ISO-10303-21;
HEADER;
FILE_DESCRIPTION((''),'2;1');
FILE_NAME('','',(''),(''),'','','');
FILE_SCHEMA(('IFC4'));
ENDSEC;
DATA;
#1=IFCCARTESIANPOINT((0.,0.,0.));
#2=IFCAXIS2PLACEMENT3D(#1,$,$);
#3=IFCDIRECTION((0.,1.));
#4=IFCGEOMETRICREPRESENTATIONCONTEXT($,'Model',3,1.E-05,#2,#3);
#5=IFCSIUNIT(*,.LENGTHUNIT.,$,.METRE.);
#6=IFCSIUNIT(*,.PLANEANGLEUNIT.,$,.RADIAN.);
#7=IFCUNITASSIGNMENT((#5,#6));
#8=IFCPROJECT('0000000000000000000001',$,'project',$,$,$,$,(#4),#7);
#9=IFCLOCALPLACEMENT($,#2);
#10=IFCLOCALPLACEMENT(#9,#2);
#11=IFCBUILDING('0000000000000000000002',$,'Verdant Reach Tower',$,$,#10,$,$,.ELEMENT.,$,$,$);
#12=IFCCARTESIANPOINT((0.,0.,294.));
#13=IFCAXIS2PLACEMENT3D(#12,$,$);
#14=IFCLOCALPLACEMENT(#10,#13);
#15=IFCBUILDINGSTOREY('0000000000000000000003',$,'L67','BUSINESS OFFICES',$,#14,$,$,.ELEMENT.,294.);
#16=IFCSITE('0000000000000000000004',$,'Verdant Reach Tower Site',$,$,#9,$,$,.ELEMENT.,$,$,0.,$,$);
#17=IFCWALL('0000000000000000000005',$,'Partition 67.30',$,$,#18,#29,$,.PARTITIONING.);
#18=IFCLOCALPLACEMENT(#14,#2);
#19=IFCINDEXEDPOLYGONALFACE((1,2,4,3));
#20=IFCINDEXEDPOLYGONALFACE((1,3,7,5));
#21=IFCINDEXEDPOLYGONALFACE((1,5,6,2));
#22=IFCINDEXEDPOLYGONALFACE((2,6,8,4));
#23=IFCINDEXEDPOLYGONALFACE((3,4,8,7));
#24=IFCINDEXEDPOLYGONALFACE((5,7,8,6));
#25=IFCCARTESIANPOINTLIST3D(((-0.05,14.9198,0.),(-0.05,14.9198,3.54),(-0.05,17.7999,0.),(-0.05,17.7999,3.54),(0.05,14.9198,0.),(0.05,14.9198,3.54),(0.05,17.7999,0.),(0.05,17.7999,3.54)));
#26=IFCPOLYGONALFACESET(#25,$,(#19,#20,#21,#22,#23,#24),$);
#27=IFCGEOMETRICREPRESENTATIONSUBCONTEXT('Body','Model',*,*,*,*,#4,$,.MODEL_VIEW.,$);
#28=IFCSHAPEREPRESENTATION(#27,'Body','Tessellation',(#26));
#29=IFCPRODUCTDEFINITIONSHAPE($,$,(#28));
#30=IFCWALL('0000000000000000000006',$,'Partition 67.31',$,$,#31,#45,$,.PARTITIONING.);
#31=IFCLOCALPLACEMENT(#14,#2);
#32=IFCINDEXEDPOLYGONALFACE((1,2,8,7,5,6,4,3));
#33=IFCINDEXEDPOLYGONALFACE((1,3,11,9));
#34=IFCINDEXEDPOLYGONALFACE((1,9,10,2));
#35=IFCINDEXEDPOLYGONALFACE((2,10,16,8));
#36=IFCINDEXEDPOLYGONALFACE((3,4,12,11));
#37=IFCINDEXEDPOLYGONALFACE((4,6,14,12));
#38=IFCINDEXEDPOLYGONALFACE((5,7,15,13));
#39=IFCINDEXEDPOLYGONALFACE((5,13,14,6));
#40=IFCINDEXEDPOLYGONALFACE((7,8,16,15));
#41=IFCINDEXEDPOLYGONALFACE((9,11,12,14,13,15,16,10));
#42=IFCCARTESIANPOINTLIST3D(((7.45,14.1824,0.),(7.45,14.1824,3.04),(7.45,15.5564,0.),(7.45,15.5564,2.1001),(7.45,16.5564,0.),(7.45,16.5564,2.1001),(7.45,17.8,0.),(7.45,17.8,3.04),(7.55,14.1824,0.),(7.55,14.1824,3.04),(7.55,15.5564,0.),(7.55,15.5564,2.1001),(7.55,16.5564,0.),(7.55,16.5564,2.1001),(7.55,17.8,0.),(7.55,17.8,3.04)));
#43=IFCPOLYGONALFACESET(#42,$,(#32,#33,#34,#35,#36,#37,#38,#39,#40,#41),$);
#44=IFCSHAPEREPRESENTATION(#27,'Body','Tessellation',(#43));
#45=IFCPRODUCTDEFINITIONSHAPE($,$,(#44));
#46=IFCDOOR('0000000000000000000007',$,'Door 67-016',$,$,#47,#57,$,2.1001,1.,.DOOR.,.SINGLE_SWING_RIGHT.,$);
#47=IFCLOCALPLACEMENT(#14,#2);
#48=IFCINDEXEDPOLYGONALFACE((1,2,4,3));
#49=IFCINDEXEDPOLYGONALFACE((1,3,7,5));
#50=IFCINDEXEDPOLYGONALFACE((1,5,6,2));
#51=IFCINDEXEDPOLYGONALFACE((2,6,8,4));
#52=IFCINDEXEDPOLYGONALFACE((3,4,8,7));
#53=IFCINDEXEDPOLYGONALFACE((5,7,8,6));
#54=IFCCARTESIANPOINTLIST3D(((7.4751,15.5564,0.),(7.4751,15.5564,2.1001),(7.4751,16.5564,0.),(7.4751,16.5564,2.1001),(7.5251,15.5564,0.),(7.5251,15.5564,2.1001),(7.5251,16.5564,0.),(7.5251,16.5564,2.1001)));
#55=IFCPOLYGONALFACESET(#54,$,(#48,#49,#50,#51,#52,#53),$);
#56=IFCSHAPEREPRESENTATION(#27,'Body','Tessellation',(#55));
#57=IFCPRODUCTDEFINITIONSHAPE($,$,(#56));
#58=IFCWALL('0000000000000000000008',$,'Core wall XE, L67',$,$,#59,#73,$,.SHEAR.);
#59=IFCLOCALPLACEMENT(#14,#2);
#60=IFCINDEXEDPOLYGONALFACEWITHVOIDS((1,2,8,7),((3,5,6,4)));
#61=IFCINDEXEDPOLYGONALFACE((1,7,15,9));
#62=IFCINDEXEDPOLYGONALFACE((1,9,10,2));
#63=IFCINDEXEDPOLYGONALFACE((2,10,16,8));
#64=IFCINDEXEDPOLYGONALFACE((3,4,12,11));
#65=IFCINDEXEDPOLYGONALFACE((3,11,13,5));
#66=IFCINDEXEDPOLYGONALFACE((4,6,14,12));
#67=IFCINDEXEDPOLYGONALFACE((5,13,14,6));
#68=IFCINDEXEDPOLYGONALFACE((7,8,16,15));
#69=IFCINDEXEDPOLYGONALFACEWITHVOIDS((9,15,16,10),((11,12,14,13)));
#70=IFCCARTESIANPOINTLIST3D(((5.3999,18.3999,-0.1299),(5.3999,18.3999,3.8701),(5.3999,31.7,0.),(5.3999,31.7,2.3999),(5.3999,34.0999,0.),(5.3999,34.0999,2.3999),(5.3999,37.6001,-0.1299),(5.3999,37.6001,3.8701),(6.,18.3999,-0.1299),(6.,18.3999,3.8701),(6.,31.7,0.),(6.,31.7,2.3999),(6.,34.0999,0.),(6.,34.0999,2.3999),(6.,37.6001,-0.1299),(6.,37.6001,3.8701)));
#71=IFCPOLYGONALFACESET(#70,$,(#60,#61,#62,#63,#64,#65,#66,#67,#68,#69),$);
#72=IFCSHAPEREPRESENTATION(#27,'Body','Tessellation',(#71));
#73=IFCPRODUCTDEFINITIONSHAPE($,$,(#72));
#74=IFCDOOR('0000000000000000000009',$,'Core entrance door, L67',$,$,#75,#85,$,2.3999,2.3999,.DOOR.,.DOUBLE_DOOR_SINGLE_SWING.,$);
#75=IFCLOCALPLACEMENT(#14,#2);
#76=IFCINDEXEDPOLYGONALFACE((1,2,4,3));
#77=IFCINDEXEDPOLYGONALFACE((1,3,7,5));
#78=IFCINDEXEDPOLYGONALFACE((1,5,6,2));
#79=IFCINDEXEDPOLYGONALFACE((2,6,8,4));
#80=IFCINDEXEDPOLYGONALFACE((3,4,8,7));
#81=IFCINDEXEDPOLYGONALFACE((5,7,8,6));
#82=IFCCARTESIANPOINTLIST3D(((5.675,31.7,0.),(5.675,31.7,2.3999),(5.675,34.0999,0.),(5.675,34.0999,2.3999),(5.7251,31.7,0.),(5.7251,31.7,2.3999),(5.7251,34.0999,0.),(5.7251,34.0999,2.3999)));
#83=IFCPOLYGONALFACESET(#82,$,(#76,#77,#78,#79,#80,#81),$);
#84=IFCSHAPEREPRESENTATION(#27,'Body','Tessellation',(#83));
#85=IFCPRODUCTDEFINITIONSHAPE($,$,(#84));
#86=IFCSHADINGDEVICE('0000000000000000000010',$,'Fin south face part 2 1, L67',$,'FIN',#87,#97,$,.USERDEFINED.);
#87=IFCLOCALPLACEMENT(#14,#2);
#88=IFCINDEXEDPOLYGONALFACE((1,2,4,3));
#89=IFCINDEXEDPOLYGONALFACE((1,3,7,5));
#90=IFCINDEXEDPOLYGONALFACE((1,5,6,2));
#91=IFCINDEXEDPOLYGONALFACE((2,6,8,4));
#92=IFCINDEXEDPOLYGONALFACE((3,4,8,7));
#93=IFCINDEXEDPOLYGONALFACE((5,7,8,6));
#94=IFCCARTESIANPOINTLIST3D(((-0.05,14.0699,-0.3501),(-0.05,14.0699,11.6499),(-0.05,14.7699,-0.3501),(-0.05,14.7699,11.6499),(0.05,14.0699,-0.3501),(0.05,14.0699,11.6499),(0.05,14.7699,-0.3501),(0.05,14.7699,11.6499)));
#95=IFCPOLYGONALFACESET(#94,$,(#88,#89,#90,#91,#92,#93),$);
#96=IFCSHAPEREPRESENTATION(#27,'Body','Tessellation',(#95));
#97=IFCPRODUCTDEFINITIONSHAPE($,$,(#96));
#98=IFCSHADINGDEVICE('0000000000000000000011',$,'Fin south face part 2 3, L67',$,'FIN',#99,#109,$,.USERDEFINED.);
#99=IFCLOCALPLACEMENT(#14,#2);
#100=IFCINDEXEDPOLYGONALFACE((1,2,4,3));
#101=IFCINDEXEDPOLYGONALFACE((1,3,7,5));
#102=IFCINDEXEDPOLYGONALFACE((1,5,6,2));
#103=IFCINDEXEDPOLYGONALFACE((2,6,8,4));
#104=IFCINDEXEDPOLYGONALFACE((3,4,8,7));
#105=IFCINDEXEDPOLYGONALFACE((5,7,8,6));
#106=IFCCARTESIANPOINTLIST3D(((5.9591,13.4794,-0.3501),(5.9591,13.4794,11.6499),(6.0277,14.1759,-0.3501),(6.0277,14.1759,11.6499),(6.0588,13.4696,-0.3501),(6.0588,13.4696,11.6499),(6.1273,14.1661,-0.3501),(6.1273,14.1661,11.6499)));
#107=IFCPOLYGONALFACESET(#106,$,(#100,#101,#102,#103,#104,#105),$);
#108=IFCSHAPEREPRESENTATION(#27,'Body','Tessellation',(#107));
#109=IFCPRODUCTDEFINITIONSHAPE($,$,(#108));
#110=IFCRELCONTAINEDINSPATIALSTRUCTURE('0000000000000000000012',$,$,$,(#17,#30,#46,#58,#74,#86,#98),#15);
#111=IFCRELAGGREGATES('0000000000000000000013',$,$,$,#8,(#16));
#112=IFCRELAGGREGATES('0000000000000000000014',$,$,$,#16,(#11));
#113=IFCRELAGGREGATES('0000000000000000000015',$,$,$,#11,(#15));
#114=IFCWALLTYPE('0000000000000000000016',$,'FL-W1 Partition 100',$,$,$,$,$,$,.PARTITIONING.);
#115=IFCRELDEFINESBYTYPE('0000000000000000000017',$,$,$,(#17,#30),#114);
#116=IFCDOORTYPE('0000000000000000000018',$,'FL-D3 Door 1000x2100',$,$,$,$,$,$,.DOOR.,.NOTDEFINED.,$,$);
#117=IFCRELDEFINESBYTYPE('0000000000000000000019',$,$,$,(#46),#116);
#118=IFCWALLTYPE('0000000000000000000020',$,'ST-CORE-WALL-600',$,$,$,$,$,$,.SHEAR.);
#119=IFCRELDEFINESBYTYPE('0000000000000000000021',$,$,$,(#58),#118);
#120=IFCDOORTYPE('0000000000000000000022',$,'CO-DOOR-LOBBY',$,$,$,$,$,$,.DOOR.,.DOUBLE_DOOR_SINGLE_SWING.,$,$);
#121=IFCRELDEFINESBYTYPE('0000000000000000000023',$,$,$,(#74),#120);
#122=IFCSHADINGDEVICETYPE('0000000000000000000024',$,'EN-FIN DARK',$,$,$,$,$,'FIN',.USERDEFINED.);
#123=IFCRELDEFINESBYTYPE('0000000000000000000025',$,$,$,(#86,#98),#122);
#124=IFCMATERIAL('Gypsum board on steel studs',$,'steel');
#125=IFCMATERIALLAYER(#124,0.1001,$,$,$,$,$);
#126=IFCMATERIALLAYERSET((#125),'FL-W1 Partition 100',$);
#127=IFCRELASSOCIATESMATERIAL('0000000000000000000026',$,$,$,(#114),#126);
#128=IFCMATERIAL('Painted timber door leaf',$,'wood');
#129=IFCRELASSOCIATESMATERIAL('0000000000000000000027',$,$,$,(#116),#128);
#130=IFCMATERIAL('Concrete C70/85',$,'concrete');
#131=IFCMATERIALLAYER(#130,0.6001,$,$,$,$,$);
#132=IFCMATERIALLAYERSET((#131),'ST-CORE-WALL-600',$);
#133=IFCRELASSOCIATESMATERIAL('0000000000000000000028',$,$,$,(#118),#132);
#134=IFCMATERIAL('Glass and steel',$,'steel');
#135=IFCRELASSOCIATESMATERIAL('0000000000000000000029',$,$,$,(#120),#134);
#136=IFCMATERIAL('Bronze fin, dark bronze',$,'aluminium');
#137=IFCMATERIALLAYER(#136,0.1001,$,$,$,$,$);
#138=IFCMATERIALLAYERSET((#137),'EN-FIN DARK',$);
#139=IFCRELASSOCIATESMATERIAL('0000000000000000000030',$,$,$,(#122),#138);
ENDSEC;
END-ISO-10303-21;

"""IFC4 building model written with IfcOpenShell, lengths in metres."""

from ifc_helpers import new_model, si_unit, direction, frame, frame_2d, origin, origin_2d, place, context, subcontext, project, spatial, rectangle, extrude, material, layer, layer_set, type_object, element, fill, save


model = new_model("IFC4")

# Units and contexts
model_context = context("Model", 3, precision=1e-05, world=origin(), true_north=direction((0.0, 1.0)))
body_context = subcontext(model_context, "Body", "Model", "MODEL_VIEW")
ifc_project = project(units=[si_unit("LENGTHUNIT", "METRE"), si_unit("PLANEANGLEUNIT", "RADIAN")], contexts=[model_context])

# Site, building, storey
site_placement = place(None, origin())
site = spatial("IfcSite", under=ifc_project, at=site_placement, Name="Verdant Reach Tower Site", CompositionType="ELEMENT", RefElevation=0.0)
building_placement = place(site_placement, origin())
building = spatial("IfcBuilding", under=site, at=building_placement, Name="Verdant Reach Tower", CompositionType="ELEMENT")
storey_placement = place(building_placement, frame((0.0, 0.0, 294.0)))
storey = spatial("IfcBuildingStorey", under=building, at=storey_placement, Name="L67", Description="BUSINESS OFFICES", CompositionType="ELEMENT", Elevation=294.0)

# Wall
ifc_material_1 = material(Name="Gypsum board on steel studs", Category="steel")
ifc_layer_1 = layer(ifc_material_1, 0.1001)
ifc_layer_set_1 = layer_set([ifc_layer_1], Name="FL-W1 Partition 100")
wall_type_1 = type_object("IfcWallType", Name="FL-W1 Partition 100", PredefinedType="PARTITIONING", material=ifc_layer_set_1)
wall_1_placement = place(storey_placement, frame((0.0, 14.9199, 0.0), z_axis=(0.0, 0.0, 1.0), x_axis=(0.0, 1.0, 0.0)))
element("IfcWall", 1, at=wall_1_placement, inside=storey, type_object=wall_type_1, Name="Partition 67.30", PredefinedType="PARTITIONING", context=body_context, shape_type="SweptSolid", body=[
    extrude(rectangle(XDim=2.8801, YDim=0.1001, at=frame_2d((1.4399, 0.0))), origin(), (0.0, 0.0, 1.0), 3.54),
])

# Walls, openings, doors
wall_2_placement = place(storey_placement, frame((7.5, 14.1824, 0.0), z_axis=(0.0, 0.0, 1.0), x_axis=(0.0, 1.0, 0.0)))
wall_2 = element("IfcWall", 2, at=wall_2_placement, inside=storey, type_object=wall_type_1, Name="Partition 67.31", PredefinedType="PARTITIONING", context=body_context, shape_type="SweptSolid", body=[
    extrude(rectangle(XDim=3.6177, YDim=0.1001, at=frame_2d((1.8088, 0.0))), origin(), (0.0, 0.0, 1.0), 3.04),
])
opening_1_placement = place(wall_2_placement, frame((1.374, 0.0, 0.0)))
opening_1 = element("IfcOpeningElement", 3, at=opening_1_placement, cuts=wall_2, PredefinedType="OPENING", context=body_context, shape_type="SweptSolid", body=[
    extrude(rectangle(XDim=1.0, YDim=2.1001, at=frame_2d((0.5, 1.05))), frame((0.0, 0.0601, 0.0), z_axis=(0.0, -1.0, 0.0), x_axis=(1.0, 0.0, 0.0)), (0.0, 0.0, 1.0), 0.1201),
])
ifc_material_2 = material(Name="Painted timber door leaf", Category="wood")
door_type_1 = type_object("IfcDoorType", Name="FL-D3 Door 1000x2100", OperationType="NOTDEFINED", PredefinedType="DOOR", material=ifc_material_2)
door_1_placement = place(opening_1_placement, origin())
door_1 = element("IfcDoor", 4, at=door_1_placement, inside=storey, type_object=door_type_1, Name="Door 67-016", OperationType="SINGLE_SWING_RIGHT", OverallHeight=2.1001, OverallWidth=1.0, PredefinedType="DOOR", context=body_context, shape_type="SweptSolid", body=[
    extrude(rectangle(XDim=1.0, YDim=2.1001, at=frame_2d((0.5, 1.05))), frame((0.0, 0.0249, 0.0), z_axis=(0.0, -1.0, 0.0), x_axis=(1.0, 0.0, 0.0)), (0.0, 0.0, 1.0), 0.05),
])
fill(opening_1, door_1)
ifc_material_3 = material(Name="Concrete C70/85", Category="concrete")
ifc_layer_2 = layer(ifc_material_3, 0.6001)
ifc_layer_set_2 = layer_set([ifc_layer_2], Name="ST-CORE-WALL-600")
wall_type_2 = type_object("IfcWallType", Name="ST-CORE-WALL-600", PredefinedType="SHEAR", material=ifc_layer_set_2)
wall_3_placement = place(storey_placement, frame((5.7, 18.3999, -0.1299), z_axis=(0.0, 0.0, 1.0), x_axis=(0.0, 1.0, 0.0)))
wall_3 = element("IfcWall", 5, at=wall_3_placement, inside=storey, type_object=wall_type_2, Name="Core wall XE, L67", PredefinedType="SHEAR", context=body_context, shape_type="SweptSolid", body=[
    extrude(rectangle(XDim=19.2002, YDim=0.6001, at=frame_2d((9.6001, 0.0))), origin(), (0.0, 0.0, 1.0), 4.0),
])
opening_2_placement = place(wall_3_placement, frame((13.3, 0.0, 0.1299)))
opening_2 = element("IfcOpeningElement", 6, at=opening_2_placement, cuts=wall_3, PredefinedType="OPENING", context=body_context, shape_type="SweptSolid", body=[
    extrude(rectangle(XDim=2.3999, YDim=2.3999, at=frame_2d((1.2, 1.2))), frame((0.0, 0.3101, 0.0), z_axis=(0.0, -1.0, 0.0), x_axis=(1.0, 0.0, 0.0)), (0.0, 0.0, 1.0), 0.6201),
])
ifc_material_4 = material(Name="Glass and steel", Category="steel")
door_type_2 = type_object("IfcDoorType", Name="CO-DOOR-LOBBY", OperationType="DOUBLE_DOOR_SINGLE_SWING", PredefinedType="DOOR", material=ifc_material_4)
door_2_placement = place(opening_2_placement, origin())
door_2 = element("IfcDoor", 7, at=door_2_placement, inside=storey, type_object=door_type_2, Name="Core entrance door, L67", OperationType="DOUBLE_DOOR_SINGLE_SWING", OverallHeight=2.3999, OverallWidth=2.3999, PredefinedType="DOOR", context=body_context, shape_type="SweptSolid", body=[
    extrude(rectangle(XDim=2.3999, YDim=2.3999, at=frame_2d((1.2, 1.2))), frame((0.0, 0.0249, 0.0), z_axis=(0.0, -1.0, 0.0), x_axis=(1.0, 0.0, 0.0)), (0.0, 0.0, 1.0), 0.05),
])
fill(opening_2, door_2)

# Shading devices
ifc_material_5 = material(Name="Bronze fin, dark bronze", Category="aluminium")
ifc_layer_3 = layer(ifc_material_5, 0.1001)
ifc_layer_set_3 = layer_set([ifc_layer_3], Name="EN-FIN DARK")
shading_device_type = type_object("IfcShadingDeviceType", Name="EN-FIN DARK", ElementType="FIN", PredefinedType="USERDEFINED", material=ifc_layer_set_3)
for number, where, z_axis, x_axis, name in (
    (8, (0.0, 14.4199, -0.3501), (0.0, 0.0, 1.0), (1.0, 0.0, 0.0), "Fin south face part 2 1, L67"),
    (9, (6.0432, 13.8228, -0.3501), (0.0, 0.0, 1.0), (0.995197, -0.097888, 0.0), "Fin south face part 2 3, L67"),
):
    element("IfcShadingDevice", number, at=place(storey_placement, frame(where, z_axis=z_axis, x_axis=x_axis)), inside=storey, type_object=shading_device_type, Name=name, ObjectType="FIN", PredefinedType="USERDEFINED", context=body_context, shape_type="SweptSolid", body=[
        extrude(rectangle(XDim=0.1001, YDim=0.7, at=origin_2d()), origin(), (0.0, 0.0, 1.0), 12.0),
    ])

save(model, "model.ifc")
